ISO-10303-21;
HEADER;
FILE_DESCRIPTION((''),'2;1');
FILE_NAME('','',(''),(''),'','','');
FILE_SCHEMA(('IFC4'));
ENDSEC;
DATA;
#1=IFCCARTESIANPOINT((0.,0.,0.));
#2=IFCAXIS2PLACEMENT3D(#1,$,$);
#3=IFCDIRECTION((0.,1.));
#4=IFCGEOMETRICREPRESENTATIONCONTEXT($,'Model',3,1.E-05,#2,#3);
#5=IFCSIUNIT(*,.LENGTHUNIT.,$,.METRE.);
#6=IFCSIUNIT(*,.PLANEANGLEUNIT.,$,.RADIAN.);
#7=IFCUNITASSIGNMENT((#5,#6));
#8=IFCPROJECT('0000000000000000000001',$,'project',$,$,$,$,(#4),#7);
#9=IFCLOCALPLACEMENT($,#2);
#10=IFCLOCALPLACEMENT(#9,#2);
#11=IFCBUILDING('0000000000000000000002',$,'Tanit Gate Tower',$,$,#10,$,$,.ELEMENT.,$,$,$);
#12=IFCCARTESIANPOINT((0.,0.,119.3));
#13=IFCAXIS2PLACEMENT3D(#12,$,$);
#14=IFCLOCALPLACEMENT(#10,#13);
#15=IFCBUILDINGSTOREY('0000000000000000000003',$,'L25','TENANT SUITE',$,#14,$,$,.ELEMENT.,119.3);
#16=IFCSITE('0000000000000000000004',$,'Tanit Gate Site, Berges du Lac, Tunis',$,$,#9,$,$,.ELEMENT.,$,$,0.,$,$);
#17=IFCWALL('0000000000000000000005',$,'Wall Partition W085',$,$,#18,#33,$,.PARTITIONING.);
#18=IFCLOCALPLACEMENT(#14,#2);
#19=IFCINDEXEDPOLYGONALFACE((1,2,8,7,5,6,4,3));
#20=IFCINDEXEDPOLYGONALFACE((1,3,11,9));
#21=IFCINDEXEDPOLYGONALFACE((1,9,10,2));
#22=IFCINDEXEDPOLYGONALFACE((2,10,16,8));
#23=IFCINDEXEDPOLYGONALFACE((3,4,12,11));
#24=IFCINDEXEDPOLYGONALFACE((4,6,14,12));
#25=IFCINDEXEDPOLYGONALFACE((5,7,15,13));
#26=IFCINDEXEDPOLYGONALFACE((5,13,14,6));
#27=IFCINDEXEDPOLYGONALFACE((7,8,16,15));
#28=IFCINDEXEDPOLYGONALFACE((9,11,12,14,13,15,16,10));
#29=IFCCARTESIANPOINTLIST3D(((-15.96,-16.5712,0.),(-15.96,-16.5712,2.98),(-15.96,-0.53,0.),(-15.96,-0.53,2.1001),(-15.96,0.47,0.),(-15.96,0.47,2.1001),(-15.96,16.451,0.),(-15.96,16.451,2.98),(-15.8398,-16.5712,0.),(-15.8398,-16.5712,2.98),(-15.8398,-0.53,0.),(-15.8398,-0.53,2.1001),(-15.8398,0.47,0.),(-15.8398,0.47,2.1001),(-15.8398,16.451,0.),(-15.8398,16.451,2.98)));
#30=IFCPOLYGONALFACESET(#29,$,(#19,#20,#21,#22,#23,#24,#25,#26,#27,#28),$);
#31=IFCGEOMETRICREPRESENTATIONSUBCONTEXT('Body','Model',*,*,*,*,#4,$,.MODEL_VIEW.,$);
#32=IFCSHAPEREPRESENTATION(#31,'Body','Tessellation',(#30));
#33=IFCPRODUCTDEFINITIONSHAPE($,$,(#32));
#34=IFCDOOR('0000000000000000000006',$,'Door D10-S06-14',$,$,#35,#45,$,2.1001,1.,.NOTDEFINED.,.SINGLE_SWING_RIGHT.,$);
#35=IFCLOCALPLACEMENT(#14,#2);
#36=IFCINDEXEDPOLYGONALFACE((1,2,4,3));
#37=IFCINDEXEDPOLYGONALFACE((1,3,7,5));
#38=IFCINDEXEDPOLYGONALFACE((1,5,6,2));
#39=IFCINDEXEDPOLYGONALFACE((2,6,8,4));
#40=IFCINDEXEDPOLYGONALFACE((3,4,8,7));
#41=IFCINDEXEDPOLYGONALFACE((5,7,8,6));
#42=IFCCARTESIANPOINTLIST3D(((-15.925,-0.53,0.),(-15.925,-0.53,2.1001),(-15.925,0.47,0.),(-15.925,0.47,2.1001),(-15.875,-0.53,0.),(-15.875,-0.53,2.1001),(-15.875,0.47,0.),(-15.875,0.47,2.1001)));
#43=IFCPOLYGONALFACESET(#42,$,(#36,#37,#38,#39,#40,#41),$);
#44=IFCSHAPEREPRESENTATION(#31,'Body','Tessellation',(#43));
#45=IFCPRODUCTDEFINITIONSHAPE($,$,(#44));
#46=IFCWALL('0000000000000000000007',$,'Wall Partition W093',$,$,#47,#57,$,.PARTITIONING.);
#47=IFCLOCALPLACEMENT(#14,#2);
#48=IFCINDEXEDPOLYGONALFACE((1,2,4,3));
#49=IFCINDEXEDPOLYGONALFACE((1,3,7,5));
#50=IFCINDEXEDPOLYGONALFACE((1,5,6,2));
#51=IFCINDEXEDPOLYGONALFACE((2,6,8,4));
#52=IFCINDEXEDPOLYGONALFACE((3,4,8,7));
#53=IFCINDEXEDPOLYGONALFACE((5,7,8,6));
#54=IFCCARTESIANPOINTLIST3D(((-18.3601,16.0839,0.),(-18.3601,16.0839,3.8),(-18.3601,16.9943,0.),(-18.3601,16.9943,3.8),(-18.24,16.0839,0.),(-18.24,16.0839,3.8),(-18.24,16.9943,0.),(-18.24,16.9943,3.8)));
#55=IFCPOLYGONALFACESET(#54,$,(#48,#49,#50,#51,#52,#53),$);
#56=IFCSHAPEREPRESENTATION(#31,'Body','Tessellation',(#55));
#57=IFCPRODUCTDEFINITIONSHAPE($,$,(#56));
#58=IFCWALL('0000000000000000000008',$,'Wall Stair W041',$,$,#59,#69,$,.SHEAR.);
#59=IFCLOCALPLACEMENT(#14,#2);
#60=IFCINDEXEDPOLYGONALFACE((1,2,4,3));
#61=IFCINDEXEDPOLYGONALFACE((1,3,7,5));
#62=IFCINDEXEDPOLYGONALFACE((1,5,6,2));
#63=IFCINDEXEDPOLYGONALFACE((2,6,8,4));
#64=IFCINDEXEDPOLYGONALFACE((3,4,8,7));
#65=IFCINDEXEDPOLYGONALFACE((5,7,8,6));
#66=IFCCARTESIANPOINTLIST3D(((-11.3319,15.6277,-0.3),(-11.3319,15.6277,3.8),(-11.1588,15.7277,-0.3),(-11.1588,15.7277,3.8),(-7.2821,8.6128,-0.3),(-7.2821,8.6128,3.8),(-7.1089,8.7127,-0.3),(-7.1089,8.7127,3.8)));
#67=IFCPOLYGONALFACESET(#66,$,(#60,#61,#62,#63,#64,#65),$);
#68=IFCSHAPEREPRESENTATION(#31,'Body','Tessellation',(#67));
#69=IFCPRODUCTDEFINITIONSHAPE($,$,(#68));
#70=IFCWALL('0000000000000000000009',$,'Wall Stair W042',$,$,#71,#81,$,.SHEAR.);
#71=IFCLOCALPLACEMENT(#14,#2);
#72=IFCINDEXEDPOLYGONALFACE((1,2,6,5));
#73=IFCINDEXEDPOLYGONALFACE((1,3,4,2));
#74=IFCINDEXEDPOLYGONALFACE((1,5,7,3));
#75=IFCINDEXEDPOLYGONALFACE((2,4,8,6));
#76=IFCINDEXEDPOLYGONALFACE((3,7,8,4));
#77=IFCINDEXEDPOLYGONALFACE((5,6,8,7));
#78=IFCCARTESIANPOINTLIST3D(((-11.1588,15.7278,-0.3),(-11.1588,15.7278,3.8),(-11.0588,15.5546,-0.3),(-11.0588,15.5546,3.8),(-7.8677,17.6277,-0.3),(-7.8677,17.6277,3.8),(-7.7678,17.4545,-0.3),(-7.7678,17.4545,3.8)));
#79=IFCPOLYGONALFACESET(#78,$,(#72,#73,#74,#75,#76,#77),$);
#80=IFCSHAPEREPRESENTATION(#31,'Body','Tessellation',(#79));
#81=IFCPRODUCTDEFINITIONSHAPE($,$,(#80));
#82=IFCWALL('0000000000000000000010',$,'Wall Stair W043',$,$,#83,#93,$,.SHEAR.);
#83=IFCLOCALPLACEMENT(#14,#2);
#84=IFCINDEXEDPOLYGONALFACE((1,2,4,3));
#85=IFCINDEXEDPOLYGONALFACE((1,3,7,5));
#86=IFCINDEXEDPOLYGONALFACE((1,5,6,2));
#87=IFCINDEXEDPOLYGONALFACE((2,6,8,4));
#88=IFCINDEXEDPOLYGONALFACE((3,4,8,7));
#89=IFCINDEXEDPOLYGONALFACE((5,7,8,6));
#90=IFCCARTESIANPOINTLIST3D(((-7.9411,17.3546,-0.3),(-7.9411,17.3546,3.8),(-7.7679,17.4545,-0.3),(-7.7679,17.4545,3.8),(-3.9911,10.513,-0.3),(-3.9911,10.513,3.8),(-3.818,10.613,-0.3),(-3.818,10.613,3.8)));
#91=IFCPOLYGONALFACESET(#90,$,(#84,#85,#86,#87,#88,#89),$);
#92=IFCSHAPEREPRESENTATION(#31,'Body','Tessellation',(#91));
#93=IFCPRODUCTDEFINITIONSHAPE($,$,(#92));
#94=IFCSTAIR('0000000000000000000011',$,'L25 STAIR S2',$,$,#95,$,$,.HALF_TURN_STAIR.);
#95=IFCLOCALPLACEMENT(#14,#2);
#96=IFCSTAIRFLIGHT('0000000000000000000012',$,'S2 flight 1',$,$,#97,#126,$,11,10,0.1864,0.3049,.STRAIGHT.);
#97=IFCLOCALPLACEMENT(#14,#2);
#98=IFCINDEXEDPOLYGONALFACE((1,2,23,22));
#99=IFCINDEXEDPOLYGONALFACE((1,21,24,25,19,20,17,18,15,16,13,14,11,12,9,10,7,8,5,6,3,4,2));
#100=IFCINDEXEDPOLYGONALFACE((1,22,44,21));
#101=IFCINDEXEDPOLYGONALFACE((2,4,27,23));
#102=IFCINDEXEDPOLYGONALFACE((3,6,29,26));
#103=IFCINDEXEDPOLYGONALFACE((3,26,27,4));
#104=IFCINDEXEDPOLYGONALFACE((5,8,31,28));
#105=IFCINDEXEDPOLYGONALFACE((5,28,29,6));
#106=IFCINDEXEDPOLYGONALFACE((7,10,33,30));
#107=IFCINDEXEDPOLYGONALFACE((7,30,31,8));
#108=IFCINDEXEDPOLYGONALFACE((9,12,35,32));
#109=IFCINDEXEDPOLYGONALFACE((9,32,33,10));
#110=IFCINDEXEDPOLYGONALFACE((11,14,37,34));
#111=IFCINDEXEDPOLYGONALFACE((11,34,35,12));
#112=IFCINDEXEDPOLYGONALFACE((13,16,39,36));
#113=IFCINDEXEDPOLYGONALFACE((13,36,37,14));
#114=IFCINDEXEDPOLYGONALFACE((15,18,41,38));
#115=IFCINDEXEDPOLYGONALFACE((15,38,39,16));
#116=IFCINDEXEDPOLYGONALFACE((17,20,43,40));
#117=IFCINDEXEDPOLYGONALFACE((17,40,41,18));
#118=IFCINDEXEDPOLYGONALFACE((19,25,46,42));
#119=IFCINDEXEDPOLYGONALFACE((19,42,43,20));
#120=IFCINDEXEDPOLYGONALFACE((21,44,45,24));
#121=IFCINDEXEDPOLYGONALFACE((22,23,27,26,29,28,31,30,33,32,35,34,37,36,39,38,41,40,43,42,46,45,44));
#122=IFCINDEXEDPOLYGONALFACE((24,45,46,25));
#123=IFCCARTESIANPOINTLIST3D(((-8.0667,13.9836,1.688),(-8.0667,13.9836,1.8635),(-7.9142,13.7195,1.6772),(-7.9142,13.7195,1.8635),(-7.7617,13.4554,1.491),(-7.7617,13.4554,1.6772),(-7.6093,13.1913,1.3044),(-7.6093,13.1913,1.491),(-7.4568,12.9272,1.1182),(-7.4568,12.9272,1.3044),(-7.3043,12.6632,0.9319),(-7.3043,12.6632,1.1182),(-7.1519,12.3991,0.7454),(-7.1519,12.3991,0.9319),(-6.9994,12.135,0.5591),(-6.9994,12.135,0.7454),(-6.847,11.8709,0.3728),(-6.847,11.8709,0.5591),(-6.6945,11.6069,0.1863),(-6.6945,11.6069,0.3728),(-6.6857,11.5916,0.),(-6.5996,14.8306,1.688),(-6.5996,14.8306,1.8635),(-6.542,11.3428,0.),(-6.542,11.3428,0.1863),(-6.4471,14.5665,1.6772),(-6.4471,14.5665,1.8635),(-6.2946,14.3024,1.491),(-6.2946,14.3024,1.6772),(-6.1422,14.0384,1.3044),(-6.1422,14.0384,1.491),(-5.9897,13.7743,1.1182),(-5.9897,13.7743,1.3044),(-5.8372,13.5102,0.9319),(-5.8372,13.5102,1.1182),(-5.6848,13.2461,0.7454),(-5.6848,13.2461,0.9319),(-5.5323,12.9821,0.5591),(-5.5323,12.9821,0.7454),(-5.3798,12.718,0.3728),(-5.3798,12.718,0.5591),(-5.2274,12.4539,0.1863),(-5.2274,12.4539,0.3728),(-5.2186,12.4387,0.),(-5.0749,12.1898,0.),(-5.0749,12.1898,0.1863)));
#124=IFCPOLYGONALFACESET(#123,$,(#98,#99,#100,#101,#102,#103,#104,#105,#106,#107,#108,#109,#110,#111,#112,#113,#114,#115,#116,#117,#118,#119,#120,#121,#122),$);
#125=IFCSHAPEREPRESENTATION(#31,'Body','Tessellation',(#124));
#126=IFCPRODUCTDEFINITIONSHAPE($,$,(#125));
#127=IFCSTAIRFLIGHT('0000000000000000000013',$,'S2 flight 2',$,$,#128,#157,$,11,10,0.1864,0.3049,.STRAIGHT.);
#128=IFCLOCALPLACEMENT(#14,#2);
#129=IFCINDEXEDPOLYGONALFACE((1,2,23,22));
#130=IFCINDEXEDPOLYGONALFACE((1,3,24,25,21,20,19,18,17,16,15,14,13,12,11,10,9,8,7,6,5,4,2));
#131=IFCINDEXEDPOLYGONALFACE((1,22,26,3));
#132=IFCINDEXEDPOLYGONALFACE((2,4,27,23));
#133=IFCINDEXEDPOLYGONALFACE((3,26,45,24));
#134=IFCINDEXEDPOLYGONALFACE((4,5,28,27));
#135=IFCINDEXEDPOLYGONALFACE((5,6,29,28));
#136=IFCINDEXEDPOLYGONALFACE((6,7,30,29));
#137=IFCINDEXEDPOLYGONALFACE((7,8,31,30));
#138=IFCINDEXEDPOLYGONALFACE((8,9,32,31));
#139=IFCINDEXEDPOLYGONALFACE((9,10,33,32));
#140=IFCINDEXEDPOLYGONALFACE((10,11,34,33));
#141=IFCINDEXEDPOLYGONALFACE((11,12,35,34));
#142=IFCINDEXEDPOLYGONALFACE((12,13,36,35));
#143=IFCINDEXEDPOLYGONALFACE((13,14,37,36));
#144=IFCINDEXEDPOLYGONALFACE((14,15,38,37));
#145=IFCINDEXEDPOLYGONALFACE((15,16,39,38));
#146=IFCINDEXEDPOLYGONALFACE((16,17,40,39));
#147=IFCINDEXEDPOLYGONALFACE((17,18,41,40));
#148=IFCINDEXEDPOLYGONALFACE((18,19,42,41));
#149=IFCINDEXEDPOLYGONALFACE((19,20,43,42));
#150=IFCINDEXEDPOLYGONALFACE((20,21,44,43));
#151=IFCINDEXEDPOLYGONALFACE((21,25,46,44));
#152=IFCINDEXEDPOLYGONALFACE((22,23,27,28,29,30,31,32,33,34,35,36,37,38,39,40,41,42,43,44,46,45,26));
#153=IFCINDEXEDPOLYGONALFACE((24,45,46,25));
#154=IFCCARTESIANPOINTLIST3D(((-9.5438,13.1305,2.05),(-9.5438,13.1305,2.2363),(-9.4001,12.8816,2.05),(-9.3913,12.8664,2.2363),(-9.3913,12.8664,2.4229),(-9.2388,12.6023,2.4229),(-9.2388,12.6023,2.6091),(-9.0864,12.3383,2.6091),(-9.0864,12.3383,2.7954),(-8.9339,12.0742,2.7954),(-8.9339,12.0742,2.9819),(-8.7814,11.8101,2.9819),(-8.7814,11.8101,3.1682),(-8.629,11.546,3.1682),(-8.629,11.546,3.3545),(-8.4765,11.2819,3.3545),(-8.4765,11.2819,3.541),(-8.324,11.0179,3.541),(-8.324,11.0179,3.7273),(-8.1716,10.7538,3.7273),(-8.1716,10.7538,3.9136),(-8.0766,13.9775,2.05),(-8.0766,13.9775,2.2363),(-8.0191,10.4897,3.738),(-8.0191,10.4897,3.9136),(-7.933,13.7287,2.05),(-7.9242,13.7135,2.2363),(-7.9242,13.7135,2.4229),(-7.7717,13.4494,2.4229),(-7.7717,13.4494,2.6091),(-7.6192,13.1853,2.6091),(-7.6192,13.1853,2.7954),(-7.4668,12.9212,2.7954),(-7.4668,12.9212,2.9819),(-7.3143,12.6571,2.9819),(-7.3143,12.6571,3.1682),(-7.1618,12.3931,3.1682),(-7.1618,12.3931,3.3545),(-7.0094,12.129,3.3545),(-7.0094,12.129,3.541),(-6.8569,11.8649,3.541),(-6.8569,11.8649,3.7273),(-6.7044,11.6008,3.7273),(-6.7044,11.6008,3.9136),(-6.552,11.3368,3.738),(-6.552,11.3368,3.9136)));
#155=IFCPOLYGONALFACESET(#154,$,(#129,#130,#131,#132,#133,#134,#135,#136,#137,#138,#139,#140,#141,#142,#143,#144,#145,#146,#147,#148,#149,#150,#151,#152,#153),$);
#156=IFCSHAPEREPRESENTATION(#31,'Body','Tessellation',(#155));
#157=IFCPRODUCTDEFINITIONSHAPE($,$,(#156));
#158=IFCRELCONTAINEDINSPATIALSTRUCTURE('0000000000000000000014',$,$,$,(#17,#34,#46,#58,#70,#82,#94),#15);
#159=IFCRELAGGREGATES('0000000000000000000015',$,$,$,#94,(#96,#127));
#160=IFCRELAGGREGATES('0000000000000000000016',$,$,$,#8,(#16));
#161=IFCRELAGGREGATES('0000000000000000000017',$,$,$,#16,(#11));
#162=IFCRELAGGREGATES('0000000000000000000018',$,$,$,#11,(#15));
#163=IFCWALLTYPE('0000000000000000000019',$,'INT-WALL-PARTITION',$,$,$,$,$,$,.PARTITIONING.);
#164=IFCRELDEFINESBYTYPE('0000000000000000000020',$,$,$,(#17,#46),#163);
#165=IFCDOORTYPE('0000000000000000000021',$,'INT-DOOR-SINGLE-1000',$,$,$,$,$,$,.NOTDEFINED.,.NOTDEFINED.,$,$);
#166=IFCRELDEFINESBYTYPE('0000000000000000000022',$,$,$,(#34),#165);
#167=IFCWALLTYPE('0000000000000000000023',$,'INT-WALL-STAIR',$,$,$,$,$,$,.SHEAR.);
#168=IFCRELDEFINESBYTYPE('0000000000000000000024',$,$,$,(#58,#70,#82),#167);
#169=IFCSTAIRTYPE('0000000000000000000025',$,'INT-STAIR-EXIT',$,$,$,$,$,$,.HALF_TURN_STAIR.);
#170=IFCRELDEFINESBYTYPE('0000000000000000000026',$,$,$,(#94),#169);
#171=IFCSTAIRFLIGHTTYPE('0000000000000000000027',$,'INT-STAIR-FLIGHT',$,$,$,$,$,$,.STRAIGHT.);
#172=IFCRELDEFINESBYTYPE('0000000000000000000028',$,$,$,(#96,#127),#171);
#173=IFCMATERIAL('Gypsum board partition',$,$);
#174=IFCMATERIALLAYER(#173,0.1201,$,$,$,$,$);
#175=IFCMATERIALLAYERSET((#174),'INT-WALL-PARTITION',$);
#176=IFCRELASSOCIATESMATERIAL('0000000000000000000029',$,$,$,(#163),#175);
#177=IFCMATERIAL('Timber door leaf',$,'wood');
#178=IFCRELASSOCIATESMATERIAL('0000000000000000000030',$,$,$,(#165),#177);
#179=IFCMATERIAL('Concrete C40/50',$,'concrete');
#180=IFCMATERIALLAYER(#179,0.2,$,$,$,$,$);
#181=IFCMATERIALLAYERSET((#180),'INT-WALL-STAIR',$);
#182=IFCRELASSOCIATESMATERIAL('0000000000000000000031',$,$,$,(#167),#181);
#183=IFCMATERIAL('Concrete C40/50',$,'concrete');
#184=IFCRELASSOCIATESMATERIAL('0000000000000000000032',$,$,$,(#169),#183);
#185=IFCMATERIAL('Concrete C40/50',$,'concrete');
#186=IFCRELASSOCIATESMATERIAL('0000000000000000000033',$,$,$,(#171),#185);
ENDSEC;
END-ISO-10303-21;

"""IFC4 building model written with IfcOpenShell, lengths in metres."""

from ifc_helpers import new_model, si_unit, direction, frame, frame_2d, origin, place, context, subcontext, project, spatial, polyline, rectangle, outline, extrude, material, layer, layer_set, type_object, element, fill, aggregate, save


model = new_model("IFC4")

# Units and contexts
model_context = context("Model", 3, precision=1e-05, world=origin(), true_north=direction((0.0, 1.0)))
body_context = subcontext(model_context, "Body", "Model", "MODEL_VIEW")
ifc_project = project(units=[si_unit("LENGTHUNIT", "METRE"), si_unit("PLANEANGLEUNIT", "RADIAN")], contexts=[model_context])

# Site, building, storey
site_placement = place(None, origin())
site = spatial("IfcSite", under=ifc_project, at=site_placement, Name="Tanit Gate Site, Berges du Lac, Tunis", CompositionType="ELEMENT", RefElevation=0.0)
building_placement = place(site_placement, origin())
building = spatial("IfcBuilding", under=site, at=building_placement, Name="Tanit Gate Tower", CompositionType="ELEMENT")
storey_placement = place(building_placement, frame((0.0, 0.0, 119.3)))
storey = spatial("IfcBuildingStorey", under=building, at=storey_placement, Name="L25", Description="TENANT SUITE", CompositionType="ELEMENT", Elevation=119.3)

# Wall, opening, door
ifc_material_1 = material(Name="Gypsum board partition")
ifc_layer_1 = layer(ifc_material_1, 0.1201)
ifc_layer_set_1 = layer_set([ifc_layer_1], Name="INT-WALL-PARTITION")
wall_type_1 = type_object("IfcWallType", Name="INT-WALL-PARTITION", PredefinedType="PARTITIONING", material=ifc_layer_set_1)
wall_1_placement = place(storey_placement, frame((-15.8999, 16.4512, 0.0), z_axis=(0.0, 0.0, 1.0), x_axis=(0.0, -1.0, 0.0)))
wall_1 = element("IfcWall", 1, at=wall_1_placement, inside=storey, type_object=wall_type_1, Name="Wall Partition W085", PredefinedType="PARTITIONING", context=body_context, shape_type="SweptSolid", body=[
    extrude(rectangle(XDim=33.0222, YDim=0.1201, at=frame_2d((16.5112, 0.0))), origin(), (0.0, 0.0, 1.0), 2.98),
])
opening_1_placement = place(wall_1_placement, frame((15.9812, 0.0, 0.0)))
opening_1 = element("IfcOpeningElement", 2, at=opening_1_placement, cuts=wall_1, PredefinedType="OPENING", context=body_context, shape_type="SweptSolid", body=[
    extrude(rectangle(XDim=1.0, YDim=2.1001, at=frame_2d((0.5, 1.05))), frame((0.0, 0.0701, 0.0), z_axis=(0.0, -1.0, 0.0), x_axis=(1.0, 0.0, 0.0)), (0.0, 0.0, 1.0), 0.1401),
])
ifc_material_2 = material(Name="Timber door leaf", Category="wood")
door_type_1 = type_object("IfcDoorType", Name="INT-DOOR-SINGLE-1000", OperationType="NOTDEFINED", PredefinedType="NOTDEFINED", material=ifc_material_2)
door_1_placement = place(opening_1_placement, origin())
door_1 = element("IfcDoor", 3, at=door_1_placement, inside=storey, type_object=door_type_1, Name="Door D10-S06-14", OperationType="SINGLE_SWING_RIGHT", OverallHeight=2.1001, OverallWidth=1.0, PredefinedType="NOTDEFINED", context=body_context, shape_type="SweptSolid", body=[
    extrude(rectangle(XDim=1.0, YDim=2.1001, at=frame_2d((0.5, 1.05))), frame((0.0, 0.0249, 0.0), z_axis=(0.0, -1.0, 0.0), x_axis=(1.0, 0.0, 0.0)), (0.0, 0.0, 1.0), 0.05),
])
fill(opening_1, door_1)

# Walls
wall_2_placement = place(storey_placement, frame((-18.3, 16.9941, 0.0), z_axis=(0.0, 0.0, 1.0), x_axis=(0.0, -1.0, 0.0)))
element("IfcWall", 4, at=wall_2_placement, inside=storey, type_object=wall_type_1, Name="Wall Partition W093", PredefinedType="PARTITIONING", context=body_context, shape_type="SweptSolid", body=[
    extrude(rectangle(XDim=0.9104, YDim=0.1201, at=frame_2d((0.4551, 0.0))), origin(), (0.0, 0.0, 1.0), 3.8),
])
ifc_material_3 = material(Name="Concrete C40/50", Category="concrete")
ifc_layer_2 = layer(ifc_material_3, 0.2)
ifc_layer_set_2 = layer_set([ifc_layer_2], Name="INT-WALL-STAIR")
wall_type_2 = type_object("IfcWallType", Name="INT-WALL-STAIR", PredefinedType="SHEAR", material=ifc_layer_set_2)
wall_3_placement = place(storey_placement, frame((-11.2454, 15.6777, -0.3), z_axis=(0.0, 0.0, 1.0), x_axis=(0.499977, -0.866039, 0.0)))
element("IfcWall", 5, at=wall_3_placement, inside=storey, type_object=wall_type_2, Name="Wall Stair W041", PredefinedType="SHEAR", context=body_context, shape_type="SweptSolid", body=[
    extrude(rectangle(XDim=8.1001, YDim=0.2, at=frame_2d((4.05, 0.0))), origin(), (0.0, 0.0, 1.0), 4.1001),
])
wall_4_placement = place(storey_placement, frame((-7.8179, 17.541, -0.3), z_axis=(0.0, 0.0, 1.0), x_axis=(-0.866044, -0.499967, 0.0)))
element("IfcWall", 6, at=wall_4_placement, inside=storey, type_object=wall_type_2, Name="Wall Stair W042", PredefinedType="SHEAR", context=body_context, shape_type="SweptSolid", body=[
    extrude(rectangle(XDim=3.8, YDim=0.2, at=frame_2d((1.8999, 0.0))), origin(), (0.0, 0.0, 1.0), 4.1001),
])
wall_5_placement = place(storey_placement, frame((-7.8545, 17.4045, -0.3), z_axis=(0.0, 0.0, 1.0), x_axis=(0.499998, -0.866027, 0.0)))
element("IfcWall", 7, at=wall_5_placement, inside=storey, type_object=wall_type_2, Name="Wall Stair W043", PredefinedType="SHEAR", context=body_context, shape_type="SweptSolid", body=[
    extrude(rectangle(XDim=7.8999, YDim=0.2, at=frame_2d((3.95, 0.0))), origin(), (0.0, 0.0, 1.0), 4.1001),
])

# Stair, stair flights
ifc_material_4 = material(Name="Concrete C40/50", Category="concrete")
stair_type = type_object("IfcStairType", Name="INT-STAIR-EXIT", PredefinedType="HALF_TURN_STAIR", material=ifc_material_4)
stair_placement = place(storey_placement, origin())
stair = element("IfcStair", 8, at=stair_placement, inside=storey, type_object=stair_type, Name="L25 STAIR S2", PredefinedType="HALF_TURN_STAIR")
ifc_material_5 = material(Name="Concrete C40/50", Category="concrete")
stair_flight_type = type_object("IfcStairFlightType", Name="INT-STAIR-FLIGHT", PredefinedType="STRAIGHT", material=ifc_material_5)
stair_flight_1_placement = place(storey_placement, frame((-5.8083, 11.7664, 0.0), z_axis=(0.0, 0.0, 1.0), x_axis=(-0.5, 0.866025, 0.0)))
stair_flight_1 = element("IfcStairFlight", 9, at=stair_flight_1_placement, type_object=stair_flight_type, Name="S2 flight 1", NumberOfRisers=11, NumberOfTreads=10, PredefinedType="STRAIGHT", RiserHeight=0.1864, TreadLength=0.3049, context=body_context, shape_type="SweptSolid", body=[
    extrude(outline(polyline([(0.0, 0.0), (0.0, 0.1863), (0.3049, 0.1863), (0.3049, 0.3728), (0.6099, 0.3728), (0.6099, 0.5591), (0.9148, 0.5591), (0.9148, 0.7454), (1.2197, 0.7454), (1.2197, 0.9319), (1.5247, 0.9319), (1.5247, 1.1182), (1.8296, 1.1182), (1.8296, 1.3044), (2.1345, 1.3044), (2.1345, 1.491), (2.4395, 1.491), (2.4395, 1.6772), (2.7444, 1.6772), (2.7444, 1.8635), (3.0493, 1.8635), (3.0493, 2.05), (3.0493, 1.688), (0.2874, 0.0), (0.0, 0.0)])), frame((0.0, 0.8472, 0.0), z_axis=(0.0, -1.0, 0.0), x_axis=(1.0, 0.0, 0.0)), (0.0, 0.0, 1.0), 1.6941),
])
stair_flight_2_placement = place(storey_placement, frame((-8.8103, 13.554, 2.05), z_axis=(0.0, 0.0, 1.0), x_axis=(0.5, -0.866025, 0.0)))
stair_flight_2 = element("IfcStairFlight", 10, at=stair_flight_2_placement, type_object=stair_flight_type, Name="S2 flight 2", NumberOfRisers=11, NumberOfTreads=10, PredefinedType="STRAIGHT", RiserHeight=0.1864, TreadLength=0.3049, context=body_context, shape_type="SweptSolid", body=[
    extrude(outline(polyline([(0.0, 0.0), (0.0, 0.1863), (0.3049, 0.1863), (0.3049, 0.3728), (0.6099, 0.3728), (0.6099, 0.5591), (0.9148, 0.5591), (0.9148, 0.7454), (1.2197, 0.7454), (1.2197, 0.9319), (1.5247, 0.9319), (1.5247, 1.1182), (1.8296, 1.1182), (1.8296, 1.3044), (2.1345, 1.3044), (2.1345, 1.491), (2.4395, 1.491), (2.4395, 1.6772), (2.7444, 1.6772), (2.7444, 1.8635), (3.0493, 1.8635), (3.0493, 2.05), (3.0493, 1.688), (0.2874, 0.0), (0.0, 0.0)])), frame((0.0, 0.8472, 0.0), z_axis=(0.0, -1.0, 0.0), x_axis=(1.0, 0.0, 0.0)), (0.0, 0.0, 1.0), 1.6941),
])
aggregate(stair, [stair_flight_1, stair_flight_2])

save(model, "model.ifc")
